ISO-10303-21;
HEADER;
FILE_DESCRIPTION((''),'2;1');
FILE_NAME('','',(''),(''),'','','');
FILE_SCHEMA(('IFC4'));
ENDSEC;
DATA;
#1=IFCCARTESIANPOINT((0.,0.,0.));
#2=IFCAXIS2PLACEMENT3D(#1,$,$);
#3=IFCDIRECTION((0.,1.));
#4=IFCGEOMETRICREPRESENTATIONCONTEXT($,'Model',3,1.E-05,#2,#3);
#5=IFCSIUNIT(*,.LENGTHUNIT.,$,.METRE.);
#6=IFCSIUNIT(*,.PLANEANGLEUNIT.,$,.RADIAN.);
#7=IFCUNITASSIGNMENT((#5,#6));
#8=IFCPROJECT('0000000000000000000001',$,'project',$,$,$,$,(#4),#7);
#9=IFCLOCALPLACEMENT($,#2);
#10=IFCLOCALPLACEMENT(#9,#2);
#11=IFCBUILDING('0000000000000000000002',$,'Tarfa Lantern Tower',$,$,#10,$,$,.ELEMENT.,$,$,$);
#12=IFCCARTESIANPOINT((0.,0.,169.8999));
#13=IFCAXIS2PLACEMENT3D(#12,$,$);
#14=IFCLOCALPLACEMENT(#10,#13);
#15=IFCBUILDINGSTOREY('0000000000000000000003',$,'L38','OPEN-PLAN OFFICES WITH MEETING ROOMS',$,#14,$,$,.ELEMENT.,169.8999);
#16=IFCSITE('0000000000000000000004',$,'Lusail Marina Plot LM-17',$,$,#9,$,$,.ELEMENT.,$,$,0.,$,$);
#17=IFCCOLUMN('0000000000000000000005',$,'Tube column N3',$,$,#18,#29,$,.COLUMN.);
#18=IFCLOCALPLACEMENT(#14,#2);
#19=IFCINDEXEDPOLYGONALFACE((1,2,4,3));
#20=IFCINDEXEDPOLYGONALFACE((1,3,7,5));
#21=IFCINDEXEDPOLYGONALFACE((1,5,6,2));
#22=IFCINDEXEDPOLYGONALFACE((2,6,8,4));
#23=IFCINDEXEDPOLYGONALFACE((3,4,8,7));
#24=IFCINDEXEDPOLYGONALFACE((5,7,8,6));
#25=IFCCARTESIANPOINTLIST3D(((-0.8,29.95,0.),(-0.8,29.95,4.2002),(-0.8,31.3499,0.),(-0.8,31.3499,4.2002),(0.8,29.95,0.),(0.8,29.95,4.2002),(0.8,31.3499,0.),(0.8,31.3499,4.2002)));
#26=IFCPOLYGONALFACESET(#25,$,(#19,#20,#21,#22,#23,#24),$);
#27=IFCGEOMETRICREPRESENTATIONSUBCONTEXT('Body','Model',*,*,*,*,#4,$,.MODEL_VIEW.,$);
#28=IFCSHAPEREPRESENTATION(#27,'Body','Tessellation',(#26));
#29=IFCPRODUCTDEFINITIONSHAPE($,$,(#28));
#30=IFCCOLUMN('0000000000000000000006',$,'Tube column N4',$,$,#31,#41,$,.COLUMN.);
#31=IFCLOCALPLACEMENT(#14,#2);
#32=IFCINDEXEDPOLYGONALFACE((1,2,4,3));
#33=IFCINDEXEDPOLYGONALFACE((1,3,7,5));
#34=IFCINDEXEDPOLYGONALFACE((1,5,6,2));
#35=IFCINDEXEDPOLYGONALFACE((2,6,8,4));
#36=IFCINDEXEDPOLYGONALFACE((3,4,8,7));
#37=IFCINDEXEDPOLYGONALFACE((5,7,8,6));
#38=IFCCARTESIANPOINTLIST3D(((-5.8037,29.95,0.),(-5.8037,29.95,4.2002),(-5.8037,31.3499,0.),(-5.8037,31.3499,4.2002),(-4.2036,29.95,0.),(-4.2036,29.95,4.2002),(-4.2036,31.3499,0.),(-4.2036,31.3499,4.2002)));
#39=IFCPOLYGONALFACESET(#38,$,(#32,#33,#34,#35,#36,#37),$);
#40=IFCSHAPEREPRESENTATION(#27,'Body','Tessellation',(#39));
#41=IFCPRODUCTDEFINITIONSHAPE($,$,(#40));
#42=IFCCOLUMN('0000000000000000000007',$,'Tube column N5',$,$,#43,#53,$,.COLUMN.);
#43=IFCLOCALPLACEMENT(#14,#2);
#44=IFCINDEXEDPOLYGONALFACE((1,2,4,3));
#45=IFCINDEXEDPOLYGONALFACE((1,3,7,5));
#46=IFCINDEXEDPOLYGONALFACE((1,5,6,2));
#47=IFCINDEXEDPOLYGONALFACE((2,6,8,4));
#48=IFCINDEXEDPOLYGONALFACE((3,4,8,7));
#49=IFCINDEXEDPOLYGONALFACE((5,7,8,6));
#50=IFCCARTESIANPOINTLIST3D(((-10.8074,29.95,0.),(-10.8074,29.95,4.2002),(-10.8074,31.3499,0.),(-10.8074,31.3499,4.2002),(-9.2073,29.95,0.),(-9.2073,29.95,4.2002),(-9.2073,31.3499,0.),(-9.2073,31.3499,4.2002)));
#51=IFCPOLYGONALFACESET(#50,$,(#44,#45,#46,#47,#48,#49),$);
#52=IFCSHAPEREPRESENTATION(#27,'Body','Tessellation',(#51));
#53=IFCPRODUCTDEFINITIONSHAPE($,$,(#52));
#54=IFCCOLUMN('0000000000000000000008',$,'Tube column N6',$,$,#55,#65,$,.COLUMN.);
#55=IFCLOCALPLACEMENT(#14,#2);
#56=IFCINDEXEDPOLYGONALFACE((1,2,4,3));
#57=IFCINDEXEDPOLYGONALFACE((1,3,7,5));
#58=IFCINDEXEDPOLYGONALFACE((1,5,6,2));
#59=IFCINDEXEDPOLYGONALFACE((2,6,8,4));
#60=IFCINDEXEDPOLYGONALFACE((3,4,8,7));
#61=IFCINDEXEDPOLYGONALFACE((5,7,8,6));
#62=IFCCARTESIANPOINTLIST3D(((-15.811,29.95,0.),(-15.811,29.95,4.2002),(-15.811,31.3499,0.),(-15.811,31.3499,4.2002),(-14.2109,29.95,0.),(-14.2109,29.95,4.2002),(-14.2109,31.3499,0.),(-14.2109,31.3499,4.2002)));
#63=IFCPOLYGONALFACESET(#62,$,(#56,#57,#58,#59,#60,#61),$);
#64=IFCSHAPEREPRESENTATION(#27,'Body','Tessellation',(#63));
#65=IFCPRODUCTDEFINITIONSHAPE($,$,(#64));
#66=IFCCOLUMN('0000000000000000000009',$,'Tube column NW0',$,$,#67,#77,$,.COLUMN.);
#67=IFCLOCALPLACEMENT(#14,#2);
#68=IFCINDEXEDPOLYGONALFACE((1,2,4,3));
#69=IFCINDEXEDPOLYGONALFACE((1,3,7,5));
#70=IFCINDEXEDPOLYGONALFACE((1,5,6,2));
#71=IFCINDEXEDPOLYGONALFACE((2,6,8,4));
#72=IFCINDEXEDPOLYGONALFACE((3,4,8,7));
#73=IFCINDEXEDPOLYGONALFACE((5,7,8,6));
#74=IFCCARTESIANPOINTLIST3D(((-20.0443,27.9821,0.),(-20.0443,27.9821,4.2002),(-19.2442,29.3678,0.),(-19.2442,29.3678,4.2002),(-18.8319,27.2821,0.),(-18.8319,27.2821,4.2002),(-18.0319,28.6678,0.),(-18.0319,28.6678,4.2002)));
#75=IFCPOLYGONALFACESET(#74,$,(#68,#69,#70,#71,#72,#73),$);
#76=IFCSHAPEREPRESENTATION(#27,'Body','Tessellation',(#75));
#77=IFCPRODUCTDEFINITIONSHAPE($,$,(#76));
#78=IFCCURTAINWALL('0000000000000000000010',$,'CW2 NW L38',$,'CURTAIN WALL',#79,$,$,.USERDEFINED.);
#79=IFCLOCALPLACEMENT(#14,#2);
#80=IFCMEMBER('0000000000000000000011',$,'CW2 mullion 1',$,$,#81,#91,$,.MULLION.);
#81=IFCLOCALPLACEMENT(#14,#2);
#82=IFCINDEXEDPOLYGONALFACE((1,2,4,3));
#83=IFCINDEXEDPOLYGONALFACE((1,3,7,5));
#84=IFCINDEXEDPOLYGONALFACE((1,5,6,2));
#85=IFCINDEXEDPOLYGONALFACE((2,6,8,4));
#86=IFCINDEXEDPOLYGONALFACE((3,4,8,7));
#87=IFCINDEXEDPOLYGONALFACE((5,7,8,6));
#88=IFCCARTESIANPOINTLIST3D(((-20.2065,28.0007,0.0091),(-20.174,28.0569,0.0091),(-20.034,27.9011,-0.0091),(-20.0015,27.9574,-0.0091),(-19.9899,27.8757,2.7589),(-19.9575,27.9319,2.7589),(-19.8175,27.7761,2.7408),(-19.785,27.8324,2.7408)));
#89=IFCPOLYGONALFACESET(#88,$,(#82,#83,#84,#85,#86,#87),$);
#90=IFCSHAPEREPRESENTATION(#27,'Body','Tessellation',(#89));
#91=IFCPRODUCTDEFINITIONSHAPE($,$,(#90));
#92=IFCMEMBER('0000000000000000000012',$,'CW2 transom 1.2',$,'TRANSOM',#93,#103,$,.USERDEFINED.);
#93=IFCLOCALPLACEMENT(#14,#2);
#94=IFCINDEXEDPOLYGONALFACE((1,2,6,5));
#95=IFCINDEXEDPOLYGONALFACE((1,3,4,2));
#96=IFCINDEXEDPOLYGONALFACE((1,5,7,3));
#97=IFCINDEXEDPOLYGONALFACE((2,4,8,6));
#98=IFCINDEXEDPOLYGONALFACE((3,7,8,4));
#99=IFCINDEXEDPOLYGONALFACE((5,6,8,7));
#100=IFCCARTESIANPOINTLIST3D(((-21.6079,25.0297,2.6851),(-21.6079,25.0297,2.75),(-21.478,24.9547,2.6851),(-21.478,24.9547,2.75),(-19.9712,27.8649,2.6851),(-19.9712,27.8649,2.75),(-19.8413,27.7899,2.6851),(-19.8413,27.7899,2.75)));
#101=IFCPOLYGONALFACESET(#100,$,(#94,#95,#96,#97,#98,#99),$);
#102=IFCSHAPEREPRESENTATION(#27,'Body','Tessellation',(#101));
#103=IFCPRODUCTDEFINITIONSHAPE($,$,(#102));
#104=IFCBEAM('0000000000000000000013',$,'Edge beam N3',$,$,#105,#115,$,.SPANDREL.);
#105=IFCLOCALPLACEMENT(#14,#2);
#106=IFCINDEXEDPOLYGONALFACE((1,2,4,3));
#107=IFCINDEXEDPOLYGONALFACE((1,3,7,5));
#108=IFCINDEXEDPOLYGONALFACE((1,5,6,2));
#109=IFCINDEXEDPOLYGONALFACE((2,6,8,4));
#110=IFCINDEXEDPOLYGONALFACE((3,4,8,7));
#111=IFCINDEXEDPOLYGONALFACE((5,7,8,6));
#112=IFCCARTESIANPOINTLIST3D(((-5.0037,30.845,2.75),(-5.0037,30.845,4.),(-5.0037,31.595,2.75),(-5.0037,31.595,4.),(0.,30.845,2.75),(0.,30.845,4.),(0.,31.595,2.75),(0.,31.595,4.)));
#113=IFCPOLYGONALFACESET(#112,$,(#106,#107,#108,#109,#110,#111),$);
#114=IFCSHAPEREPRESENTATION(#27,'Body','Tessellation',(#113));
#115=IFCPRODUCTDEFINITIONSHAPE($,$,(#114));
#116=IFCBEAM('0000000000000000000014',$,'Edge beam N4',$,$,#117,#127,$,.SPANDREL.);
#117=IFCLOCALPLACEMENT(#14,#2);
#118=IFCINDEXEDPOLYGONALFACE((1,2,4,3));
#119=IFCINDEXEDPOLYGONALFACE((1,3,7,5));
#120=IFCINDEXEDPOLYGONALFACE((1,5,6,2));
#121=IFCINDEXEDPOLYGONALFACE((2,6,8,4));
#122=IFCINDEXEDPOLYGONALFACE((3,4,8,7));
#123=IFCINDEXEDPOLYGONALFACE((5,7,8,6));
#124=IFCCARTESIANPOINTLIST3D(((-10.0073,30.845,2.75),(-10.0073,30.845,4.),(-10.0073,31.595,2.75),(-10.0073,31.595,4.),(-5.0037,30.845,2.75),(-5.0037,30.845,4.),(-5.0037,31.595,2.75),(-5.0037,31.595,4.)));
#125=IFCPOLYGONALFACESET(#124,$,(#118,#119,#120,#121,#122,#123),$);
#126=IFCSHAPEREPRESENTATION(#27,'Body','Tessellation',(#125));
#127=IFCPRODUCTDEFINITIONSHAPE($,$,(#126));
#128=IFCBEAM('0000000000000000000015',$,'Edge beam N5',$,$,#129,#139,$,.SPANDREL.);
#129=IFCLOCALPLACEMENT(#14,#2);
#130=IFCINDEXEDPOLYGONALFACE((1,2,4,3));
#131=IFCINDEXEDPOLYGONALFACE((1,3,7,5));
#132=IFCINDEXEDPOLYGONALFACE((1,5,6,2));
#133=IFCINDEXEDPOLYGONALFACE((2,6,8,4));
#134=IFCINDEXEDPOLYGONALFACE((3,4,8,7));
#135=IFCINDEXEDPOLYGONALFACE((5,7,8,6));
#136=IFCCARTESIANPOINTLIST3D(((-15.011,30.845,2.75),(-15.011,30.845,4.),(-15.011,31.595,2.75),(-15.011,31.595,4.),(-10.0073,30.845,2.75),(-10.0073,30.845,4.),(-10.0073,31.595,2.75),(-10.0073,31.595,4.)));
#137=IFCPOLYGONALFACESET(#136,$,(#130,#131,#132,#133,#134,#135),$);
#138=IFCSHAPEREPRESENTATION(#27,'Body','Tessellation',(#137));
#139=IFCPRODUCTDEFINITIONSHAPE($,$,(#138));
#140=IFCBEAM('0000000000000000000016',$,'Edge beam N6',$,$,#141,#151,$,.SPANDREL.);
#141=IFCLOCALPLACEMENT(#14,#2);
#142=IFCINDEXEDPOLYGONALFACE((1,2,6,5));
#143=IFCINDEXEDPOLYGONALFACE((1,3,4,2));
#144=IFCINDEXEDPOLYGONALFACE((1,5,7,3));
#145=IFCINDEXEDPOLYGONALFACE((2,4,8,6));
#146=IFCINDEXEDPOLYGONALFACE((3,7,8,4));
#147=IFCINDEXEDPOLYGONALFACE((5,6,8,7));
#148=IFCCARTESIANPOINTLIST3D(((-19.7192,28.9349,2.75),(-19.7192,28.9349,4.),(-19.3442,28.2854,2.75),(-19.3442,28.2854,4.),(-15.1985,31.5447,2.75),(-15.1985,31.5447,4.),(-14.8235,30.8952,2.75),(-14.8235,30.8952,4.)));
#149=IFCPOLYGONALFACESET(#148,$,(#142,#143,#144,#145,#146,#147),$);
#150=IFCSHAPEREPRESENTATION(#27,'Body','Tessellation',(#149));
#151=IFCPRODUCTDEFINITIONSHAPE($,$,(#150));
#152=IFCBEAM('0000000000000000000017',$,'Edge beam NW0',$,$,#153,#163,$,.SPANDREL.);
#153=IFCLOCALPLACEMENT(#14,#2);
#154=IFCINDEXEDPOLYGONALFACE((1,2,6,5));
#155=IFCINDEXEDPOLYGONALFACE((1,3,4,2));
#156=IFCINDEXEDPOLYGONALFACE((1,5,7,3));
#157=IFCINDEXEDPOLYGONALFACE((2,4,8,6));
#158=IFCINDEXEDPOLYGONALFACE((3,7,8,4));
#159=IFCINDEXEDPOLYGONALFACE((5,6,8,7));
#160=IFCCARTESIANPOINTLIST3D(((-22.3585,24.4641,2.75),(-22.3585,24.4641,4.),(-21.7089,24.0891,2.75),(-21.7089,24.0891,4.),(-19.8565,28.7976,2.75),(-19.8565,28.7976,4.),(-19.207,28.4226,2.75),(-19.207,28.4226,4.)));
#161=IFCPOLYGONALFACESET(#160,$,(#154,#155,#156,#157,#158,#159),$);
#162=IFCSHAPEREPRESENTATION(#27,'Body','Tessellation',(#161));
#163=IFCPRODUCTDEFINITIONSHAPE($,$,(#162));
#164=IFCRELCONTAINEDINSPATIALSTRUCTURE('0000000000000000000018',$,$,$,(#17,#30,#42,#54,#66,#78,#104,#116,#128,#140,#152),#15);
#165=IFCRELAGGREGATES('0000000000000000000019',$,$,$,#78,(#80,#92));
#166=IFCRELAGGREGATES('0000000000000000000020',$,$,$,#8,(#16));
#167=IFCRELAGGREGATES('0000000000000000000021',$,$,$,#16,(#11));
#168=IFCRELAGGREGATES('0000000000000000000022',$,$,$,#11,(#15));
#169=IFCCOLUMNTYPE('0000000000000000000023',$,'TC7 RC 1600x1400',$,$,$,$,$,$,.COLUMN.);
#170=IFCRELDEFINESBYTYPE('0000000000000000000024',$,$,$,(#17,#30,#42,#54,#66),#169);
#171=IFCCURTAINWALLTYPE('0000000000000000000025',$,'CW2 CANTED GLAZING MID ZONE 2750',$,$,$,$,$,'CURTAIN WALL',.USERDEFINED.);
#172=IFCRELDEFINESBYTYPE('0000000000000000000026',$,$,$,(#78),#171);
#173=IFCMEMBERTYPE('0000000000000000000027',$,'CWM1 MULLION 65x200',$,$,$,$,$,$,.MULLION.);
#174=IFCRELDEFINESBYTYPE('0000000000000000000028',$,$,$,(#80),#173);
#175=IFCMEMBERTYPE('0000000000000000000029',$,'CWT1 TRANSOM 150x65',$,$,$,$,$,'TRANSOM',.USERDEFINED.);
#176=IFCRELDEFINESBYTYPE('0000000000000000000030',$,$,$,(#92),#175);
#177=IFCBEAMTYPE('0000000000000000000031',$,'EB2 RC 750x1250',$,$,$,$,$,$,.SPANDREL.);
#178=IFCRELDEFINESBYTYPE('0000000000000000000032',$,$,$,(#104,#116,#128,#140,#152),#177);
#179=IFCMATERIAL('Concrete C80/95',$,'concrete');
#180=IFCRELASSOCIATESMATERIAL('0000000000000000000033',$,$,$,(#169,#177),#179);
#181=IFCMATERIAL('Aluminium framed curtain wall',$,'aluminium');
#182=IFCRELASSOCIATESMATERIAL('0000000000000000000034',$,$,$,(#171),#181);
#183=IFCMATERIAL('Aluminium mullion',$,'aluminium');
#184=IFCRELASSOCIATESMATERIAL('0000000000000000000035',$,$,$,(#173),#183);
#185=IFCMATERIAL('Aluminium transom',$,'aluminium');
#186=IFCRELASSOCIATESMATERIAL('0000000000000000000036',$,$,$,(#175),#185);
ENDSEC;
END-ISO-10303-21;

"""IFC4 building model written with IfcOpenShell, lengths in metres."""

from ifc_helpers import new_model, si_unit, direction, frame, origin, origin_2d, place, context, subcontext, project, spatial, rectangle, extrude, material, material_profile, profile_set, type_object, element, aggregate, save


model = new_model("IFC4")

# Units and contexts
model_context = context("Model", 3, precision=1e-05, world=origin(), true_north=direction((0.0, 1.0)))
body_context = subcontext(model_context, "Body", "Model", "MODEL_VIEW")
ifc_project = project(units=[si_unit("LENGTHUNIT", "METRE"), si_unit("PLANEANGLEUNIT", "RADIAN")], contexts=[model_context])

# Site, building, storey
site_placement = place(None, origin())
site = spatial("IfcSite", under=ifc_project, at=site_placement, Name="Lusail Marina Plot LM-17", CompositionType="ELEMENT", RefElevation=0.0)
building_placement = place(site_placement, origin())
building = spatial("IfcBuilding", under=site, at=building_placement, Name="Tarfa Lantern Tower", CompositionType="ELEMENT")
storey_placement = place(building_placement, frame((0.0, 0.0, 169.8999)))
storey = spatial("IfcBuildingStorey", under=building, at=storey_placement, Name="L38", Description="OPEN-PLAN OFFICES WITH MEETING ROOMS", CompositionType="ELEMENT", Elevation=169.8999)

# Columns
ifc_material_1 = material(Name="Concrete C80/95", Category="concrete")
ifc_material_profile_1 = material_profile(ifc_material_1, rectangle(XDim=1.6001, YDim=1.3999, at=origin_2d()), Name="RC 1600x1400")
ifc_profile_set_1 = profile_set([ifc_material_profile_1], Name="Concrete C80/95")
column_type = type_object("IfcColumnType", Name="TC7 RC 1600x1400", PredefinedType="COLUMN", material=ifc_profile_set_1)
for number, where, z_axis, x_axis, name in (
    (1, (0.0, 30.6499, 0.0), (0.0, 0.0, 1.0), (-1.0, 0.0, 0.0), "Tube column N3"),
    (2, (-5.0037, 30.6499, 0.0), (0.0, 0.0, 1.0), (-1.0, 0.0, 0.0), "Tube column N4"),
    (3, (-10.0073, 30.6499, 0.0), (0.0, 0.0, 1.0), (-1.0, 0.0, 0.0), "Tube column N5"),
    (4, (-15.011, 30.6499, 0.0), (0.0, 0.0, 1.0), (-1.0, 0.0, 0.0), "Tube column N6"),
    (5, (-19.0381, 28.325, 0.0), (0.0, 0.0, 1.0), (-0.5, -0.866025, 0.0), "Tube column NW0"),
):
    element("IfcColumn", number, at=place(storey_placement, frame(where, z_axis=z_axis, x_axis=x_axis)), inside=storey, type_object=column_type, Name=name, PredefinedType="COLUMN", context=body_context, shape_type="SweptSolid", body=[
        extrude(rectangle(XDim=1.6001, YDim=1.3999, at=origin_2d()), origin(), (0.0, 0.0, 1.0), 4.2002),
    ])

# Curtain wall, members
ifc_material_2 = material(Name="Aluminium framed curtain wall", Category="aluminium")
curtain_wall_type = type_object("IfcCurtainWallType", Name="CW2 CANTED GLAZING MID ZONE 2750", ElementType="CURTAIN WALL", PredefinedType="USERDEFINED", material=ifc_material_2)
curtain_wall_placement = place(storey_placement, origin())
curtain_wall = element("IfcCurtainWall", 6, at=curtain_wall_placement, inside=storey, type_object=curtain_wall_type, Name="CW2 NW L38", ObjectType="CURTAIN WALL", PredefinedType="USERDEFINED")
ifc_material_3 = material(Name="Aluminium mullion", Category="aluminium")
ifc_material_profile_2 = material_profile(ifc_material_3, rectangle(XDim=0.0649, YDim=0.2, at=origin_2d()), Name="AL MULLION 65x200")
ifc_profile_set_2 = profile_set([ifc_material_profile_2], Name="Aluminium mullion")
member_type_1 = type_object("IfcMemberType", Name="CWM1 MULLION 65x200", PredefinedType="MULLION", material=ifc_profile_set_2)
member_1_placement = place(storey_placement, frame((-20.104, 27.979, 0.0), z_axis=(0.078423, -0.045268, 0.995892), x_axis=(0.49992, 0.866072, 0.0)))
member_1 = element("IfcMember", 7, at=member_1_placement, type_object=member_type_1, Name="CW2 mullion 1", PredefinedType="MULLION", context=body_context, shape_type="SweptSolid", body=[
    extrude(rectangle(XDim=0.0649, YDim=0.2, at=origin_2d()), origin(), (0.0, 0.0, 1.0), 2.7612),
])
ifc_material_4 = material(Name="Aluminium transom", Category="aluminium")
ifc_material_profile_3 = material_profile(ifc_material_4, rectangle(XDim=0.1499, YDim=0.0649, at=origin_2d()), Name="AL TRANSOM 150x65")
ifc_profile_set_3 = profile_set([ifc_material_profile_3], Name="Aluminium transom")
member_type_2 = type_object("IfcMemberType", Name="CWT1 TRANSOM 150x65", ElementType="TRANSOM", PredefinedType="USERDEFINED", material=ifc_profile_set_3)
member_2_placement = place(storey_placement, frame((-19.9062, 27.8274, 2.7175), z_axis=(-0.499957, -0.86605, 0.0), x_axis=(0.86605, -0.499957, 0.0)))
member_2 = element("IfcMember", 8, at=member_2_placement, type_object=member_type_2, Name="CW2 transom 1.2", ObjectType="TRANSOM", PredefinedType="USERDEFINED", context=body_context, shape_type="SweptSolid", body=[
    extrude(rectangle(XDim=0.1499, YDim=0.0649, at=origin_2d()), origin(), (0.0, 0.0, 1.0), 3.2737),
])

# Beams
ifc_material_profile_4 = material_profile(ifc_material_1, rectangle(XDim=0.75, YDim=1.25, at=origin_2d()), Name="RC 750x1250")
ifc_profile_set_4 = profile_set([ifc_material_profile_4], Name="Concrete C80/95")
beam_type_1 = type_object("IfcBeamType", Name="EB2 RC 750x1250", PredefinedType="SPANDREL", material=ifc_profile_set_4)
for number, where, z_axis, x_axis, name in (
    (9, (0.0, 31.22, 3.375), (-1.0, 0.0, 0.0), (0.0, -1.0, 0.0), "Edge beam N3"),
    (10, (-5.0037, 31.22, 3.375), (-1.0, 0.0, 0.0), (0.0, -1.0, 0.0), "Edge beam N4"),
    (11, (-10.0073, 31.22, 3.375), (-1.0, 0.0, 0.0), (0.0, -1.0, 0.0), "Edge beam N5"),
):
    element("IfcBeam", number, at=place(storey_placement, frame(where, z_axis=z_axis, x_axis=x_axis)), inside=storey, type_object=beam_type_1, Name=name, PredefinedType="SPANDREL", context=body_context, shape_type="SweptSolid", body=[
        extrude(rectangle(XDim=0.75, YDim=1.25, at=origin_2d()), origin(), (0.0, 0.0, 1.0), 5.0037),
    ])
beam_1_placement = place(storey_placement, frame((-15.011, 31.22, 3.375), z_axis=(-0.866042, -0.499972, 0.0), x_axis=(0.499972, -0.866042, 0.0)))
element("IfcBeam", 12, at=beam_1_placement, inside=storey, type_object=beam_type_1, Name="Edge beam N6", PredefinedType="SPANDREL", context=body_context, shape_type="SweptSolid", body=[
    extrude(rectangle(XDim=0.75, YDim=1.25, at=origin_2d()), origin(), (0.0, 0.0, 1.0), 5.22),
])
beam_2_placement = place(storey_placement, frame((-19.5317, 28.6101, 3.375), z_axis=(-0.500001, -0.866025, 0.0), x_axis=(0.866025, -0.500001, 0.0)))
element("IfcBeam", 13, at=beam_2_placement, inside=storey, type_object=beam_type_1, Name="Edge beam NW0", PredefinedType="SPANDREL", context=body_context, shape_type="SweptSolid", body=[
    extrude(rectangle(XDim=0.75, YDim=1.25, at=origin_2d()), origin(), (0.0, 0.0, 1.0), 5.0039),
])

aggregate(curtain_wall, [member_1, member_2])

save(model, "model.ifc")
